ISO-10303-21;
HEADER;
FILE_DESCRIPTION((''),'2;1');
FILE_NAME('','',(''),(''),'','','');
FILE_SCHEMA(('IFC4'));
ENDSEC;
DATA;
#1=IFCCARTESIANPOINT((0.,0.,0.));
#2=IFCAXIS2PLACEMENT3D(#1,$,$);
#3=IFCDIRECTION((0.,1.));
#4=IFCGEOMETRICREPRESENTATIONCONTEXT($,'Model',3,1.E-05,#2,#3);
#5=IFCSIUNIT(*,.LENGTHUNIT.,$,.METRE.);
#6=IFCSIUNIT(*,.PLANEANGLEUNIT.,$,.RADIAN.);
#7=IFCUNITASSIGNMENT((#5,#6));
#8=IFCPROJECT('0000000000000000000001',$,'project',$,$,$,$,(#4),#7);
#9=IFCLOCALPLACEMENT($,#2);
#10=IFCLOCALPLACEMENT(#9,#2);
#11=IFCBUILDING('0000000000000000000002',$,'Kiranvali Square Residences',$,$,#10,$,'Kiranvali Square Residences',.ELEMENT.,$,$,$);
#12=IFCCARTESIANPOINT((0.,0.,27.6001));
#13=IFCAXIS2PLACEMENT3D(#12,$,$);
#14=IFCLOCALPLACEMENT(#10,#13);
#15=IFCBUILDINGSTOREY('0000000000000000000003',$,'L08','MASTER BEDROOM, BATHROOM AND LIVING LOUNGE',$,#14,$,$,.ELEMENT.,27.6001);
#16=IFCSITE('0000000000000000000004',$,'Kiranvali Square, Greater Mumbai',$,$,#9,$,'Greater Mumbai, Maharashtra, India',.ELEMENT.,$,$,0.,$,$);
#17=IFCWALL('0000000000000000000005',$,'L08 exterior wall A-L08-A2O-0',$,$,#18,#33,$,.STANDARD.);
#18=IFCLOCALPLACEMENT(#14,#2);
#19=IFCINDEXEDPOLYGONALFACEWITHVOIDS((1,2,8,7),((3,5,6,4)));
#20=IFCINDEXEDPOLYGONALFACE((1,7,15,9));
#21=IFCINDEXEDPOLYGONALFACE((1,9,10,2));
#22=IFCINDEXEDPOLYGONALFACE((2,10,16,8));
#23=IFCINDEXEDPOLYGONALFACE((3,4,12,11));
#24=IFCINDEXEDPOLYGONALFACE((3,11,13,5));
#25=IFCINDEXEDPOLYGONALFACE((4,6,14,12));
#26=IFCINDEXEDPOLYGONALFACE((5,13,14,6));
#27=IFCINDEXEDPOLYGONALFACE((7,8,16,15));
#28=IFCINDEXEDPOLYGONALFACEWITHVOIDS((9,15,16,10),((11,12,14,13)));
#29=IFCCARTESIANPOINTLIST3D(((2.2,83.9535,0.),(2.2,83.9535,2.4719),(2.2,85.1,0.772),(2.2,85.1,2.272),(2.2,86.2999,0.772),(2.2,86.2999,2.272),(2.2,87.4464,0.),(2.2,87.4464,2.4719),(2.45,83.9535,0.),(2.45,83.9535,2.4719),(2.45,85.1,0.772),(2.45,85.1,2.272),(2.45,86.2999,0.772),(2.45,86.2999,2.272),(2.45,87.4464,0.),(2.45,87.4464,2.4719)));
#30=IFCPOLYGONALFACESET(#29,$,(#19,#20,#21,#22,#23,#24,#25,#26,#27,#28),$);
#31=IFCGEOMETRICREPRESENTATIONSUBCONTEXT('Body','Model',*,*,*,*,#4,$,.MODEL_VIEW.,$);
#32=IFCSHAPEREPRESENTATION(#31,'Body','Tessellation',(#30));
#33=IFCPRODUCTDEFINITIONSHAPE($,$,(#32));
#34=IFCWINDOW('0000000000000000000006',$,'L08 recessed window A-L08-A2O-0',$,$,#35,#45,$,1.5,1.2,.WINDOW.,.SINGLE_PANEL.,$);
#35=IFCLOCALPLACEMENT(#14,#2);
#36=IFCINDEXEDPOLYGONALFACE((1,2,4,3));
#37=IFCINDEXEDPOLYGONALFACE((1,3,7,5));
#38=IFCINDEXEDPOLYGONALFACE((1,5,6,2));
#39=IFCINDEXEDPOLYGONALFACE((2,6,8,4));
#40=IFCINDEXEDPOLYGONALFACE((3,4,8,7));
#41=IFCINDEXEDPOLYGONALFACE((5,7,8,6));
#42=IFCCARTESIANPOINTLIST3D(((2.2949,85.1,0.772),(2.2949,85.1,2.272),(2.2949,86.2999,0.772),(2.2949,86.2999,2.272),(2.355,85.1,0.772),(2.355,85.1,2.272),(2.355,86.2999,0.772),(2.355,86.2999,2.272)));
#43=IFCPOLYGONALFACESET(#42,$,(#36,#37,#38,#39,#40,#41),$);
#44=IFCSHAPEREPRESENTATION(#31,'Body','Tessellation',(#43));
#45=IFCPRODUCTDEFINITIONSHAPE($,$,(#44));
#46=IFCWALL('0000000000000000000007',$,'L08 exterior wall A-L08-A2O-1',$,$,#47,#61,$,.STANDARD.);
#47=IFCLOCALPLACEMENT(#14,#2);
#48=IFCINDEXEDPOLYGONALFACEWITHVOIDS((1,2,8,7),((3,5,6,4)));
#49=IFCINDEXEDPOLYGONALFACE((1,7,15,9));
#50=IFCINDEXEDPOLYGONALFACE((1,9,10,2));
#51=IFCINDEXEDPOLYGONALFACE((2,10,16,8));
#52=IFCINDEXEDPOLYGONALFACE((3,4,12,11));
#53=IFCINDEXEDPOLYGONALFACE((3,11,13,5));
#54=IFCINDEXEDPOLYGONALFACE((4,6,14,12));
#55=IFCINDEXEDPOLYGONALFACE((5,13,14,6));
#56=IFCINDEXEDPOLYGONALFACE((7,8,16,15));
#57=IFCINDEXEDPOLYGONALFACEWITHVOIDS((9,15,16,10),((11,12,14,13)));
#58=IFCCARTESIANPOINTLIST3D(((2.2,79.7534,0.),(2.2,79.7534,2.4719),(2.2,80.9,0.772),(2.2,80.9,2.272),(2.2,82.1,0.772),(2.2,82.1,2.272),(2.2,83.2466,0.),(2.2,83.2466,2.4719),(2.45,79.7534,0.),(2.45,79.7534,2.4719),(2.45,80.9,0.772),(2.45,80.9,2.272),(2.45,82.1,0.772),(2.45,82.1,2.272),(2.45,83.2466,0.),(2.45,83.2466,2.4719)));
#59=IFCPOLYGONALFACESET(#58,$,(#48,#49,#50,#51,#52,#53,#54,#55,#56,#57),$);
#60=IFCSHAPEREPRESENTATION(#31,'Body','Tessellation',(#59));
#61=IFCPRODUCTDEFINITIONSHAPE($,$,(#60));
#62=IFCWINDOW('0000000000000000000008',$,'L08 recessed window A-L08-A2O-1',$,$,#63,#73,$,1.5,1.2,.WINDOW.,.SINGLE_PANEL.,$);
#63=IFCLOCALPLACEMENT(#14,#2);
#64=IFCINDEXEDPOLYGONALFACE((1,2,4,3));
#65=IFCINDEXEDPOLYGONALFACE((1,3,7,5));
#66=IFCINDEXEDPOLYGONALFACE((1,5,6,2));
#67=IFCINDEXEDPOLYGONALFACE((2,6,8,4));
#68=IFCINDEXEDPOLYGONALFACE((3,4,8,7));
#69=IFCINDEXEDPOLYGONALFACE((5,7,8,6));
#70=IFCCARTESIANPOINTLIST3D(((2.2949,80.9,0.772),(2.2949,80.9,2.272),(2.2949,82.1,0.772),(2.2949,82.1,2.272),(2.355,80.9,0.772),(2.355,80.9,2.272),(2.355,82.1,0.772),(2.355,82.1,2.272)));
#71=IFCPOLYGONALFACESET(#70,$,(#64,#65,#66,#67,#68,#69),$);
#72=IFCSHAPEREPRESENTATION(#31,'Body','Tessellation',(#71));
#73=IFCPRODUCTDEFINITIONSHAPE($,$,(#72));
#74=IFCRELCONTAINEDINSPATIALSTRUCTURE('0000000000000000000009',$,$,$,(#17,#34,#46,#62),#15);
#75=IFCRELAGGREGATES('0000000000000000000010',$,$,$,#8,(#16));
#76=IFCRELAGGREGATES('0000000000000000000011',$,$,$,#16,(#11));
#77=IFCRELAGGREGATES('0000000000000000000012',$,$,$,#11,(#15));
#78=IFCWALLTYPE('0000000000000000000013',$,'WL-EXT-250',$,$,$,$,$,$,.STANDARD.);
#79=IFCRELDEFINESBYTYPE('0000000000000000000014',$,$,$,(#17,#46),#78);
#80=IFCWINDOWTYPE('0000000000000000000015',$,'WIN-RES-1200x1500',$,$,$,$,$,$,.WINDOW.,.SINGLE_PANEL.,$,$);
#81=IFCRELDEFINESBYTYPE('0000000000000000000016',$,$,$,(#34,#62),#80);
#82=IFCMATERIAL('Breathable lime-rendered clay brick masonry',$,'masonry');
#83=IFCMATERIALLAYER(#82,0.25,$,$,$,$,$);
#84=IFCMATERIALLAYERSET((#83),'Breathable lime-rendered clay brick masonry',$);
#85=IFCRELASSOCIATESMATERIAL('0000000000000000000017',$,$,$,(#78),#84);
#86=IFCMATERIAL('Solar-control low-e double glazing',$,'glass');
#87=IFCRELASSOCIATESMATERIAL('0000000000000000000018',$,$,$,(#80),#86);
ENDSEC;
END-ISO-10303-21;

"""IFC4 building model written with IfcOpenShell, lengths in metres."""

from ifc_helpers import new_model, si_unit, direction, frame, frame_2d, origin, place, context, subcontext, project, spatial, rectangle, extrude, material, layer, layer_set, type_object, element, fill, save


model = new_model("IFC4")

# Units and contexts
model_context = context("Model", 3, precision=1e-05, world=origin(), true_north=direction((0.0, 1.0)))
body_context = subcontext(model_context, "Body", "Model", "MODEL_VIEW")
ifc_project = project(units=[si_unit("LENGTHUNIT", "METRE"), si_unit("PLANEANGLEUNIT", "RADIAN")], contexts=[model_context])

# Site, building, storey
site_placement = place(None, origin())
site = spatial("IfcSite", under=ifc_project, at=site_placement, Name="Kiranvali Square, Greater Mumbai", LongName="Greater Mumbai, Maharashtra, India", CompositionType="ELEMENT", RefElevation=0.0)
building_placement = place(site_placement, origin())
building = spatial("IfcBuilding", under=site, at=building_placement, Name="Kiranvali Square Residences", LongName="Kiranvali Square Residences", CompositionType="ELEMENT")
storey_placement = place(building_placement, frame((0.0, 0.0, 27.6001)))
storey = spatial("IfcBuildingStorey", under=building, at=storey_placement, Name="L08", Description="MASTER BEDROOM, BATHROOM AND LIVING LOUNGE", CompositionType="ELEMENT", Elevation=27.6001)

# Walls, openings, windows
ifc_material_1 = material(Name="Breathable lime-rendered clay brick masonry", Category="masonry")
ifc_layer = layer(ifc_material_1, 0.25)
ifc_layer_set = layer_set([ifc_layer], Name="Breathable lime-rendered clay brick masonry")
wall_type = type_object("IfcWallType", Name="WL-EXT-250", PredefinedType="STANDARD", material=ifc_layer_set)
wall_1_placement = place(storey_placement, frame((2.325, 87.4465, 0.0), z_axis=(0.0, 0.0, 1.0), x_axis=(0.0, -1.0, 0.0)))
wall_1 = element("IfcWall", 1, at=wall_1_placement, inside=storey, type_object=wall_type, Name="L08 exterior wall A-L08-A2O-0", PredefinedType="STANDARD", context=body_context, shape_type="SweptSolid", body=[
    extrude(rectangle(XDim=3.4929, YDim=0.25, at=frame_2d((1.7466, 0.0))), origin(), (0.0, 0.0, 1.0), 2.4719),
])
opening_1_placement = place(wall_1_placement, frame((1.1465, 0.0, 0.772)))
opening_1 = element("IfcOpeningElement", 2, at=opening_1_placement, cuts=wall_1, PredefinedType="OPENING", context=body_context, shape_type="SweptSolid", body=[
    extrude(rectangle(XDim=1.2, YDim=1.5, at=frame_2d((0.6001, 0.75))), frame((0.0, 0.135, 0.0), z_axis=(0.0, -1.0, 0.0), x_axis=(1.0, 0.0, 0.0)), (0.0, 0.0, 1.0), 0.27),
])
ifc_material_2 = material(Name="Solar-control low-e double glazing", Category="glass")
window_type = type_object("IfcWindowType", Name="WIN-RES-1200x1500", PartitioningType="SINGLE_PANEL", PredefinedType="WINDOW", material=ifc_material_2)
window_1_placement = place(opening_1_placement, origin())
window_1 = element("IfcWindow", 3, at=window_1_placement, inside=storey, type_object=window_type, Name="L08 recessed window A-L08-A2O-0", OverallHeight=1.5, OverallWidth=1.2, PartitioningType="SINGLE_PANEL", PredefinedType="WINDOW", context=body_context, shape_type="SweptSolid", body=[
    extrude(rectangle(XDim=1.2, YDim=1.5, at=frame_2d((0.6001, 0.75))), frame((0.0, 0.03, 0.0), z_axis=(0.0, -1.0, 0.0), x_axis=(1.0, 0.0, 0.0)), (0.0, 0.0, 1.0), 0.0601),
])
fill(opening_1, window_1)
wall_2_placement = place(storey_placement, frame((2.325, 83.2466, 0.0), z_axis=(0.0, 0.0, 1.0), x_axis=(0.0, -1.0, 0.0)))
wall_2 = element("IfcWall", 4, at=wall_2_placement, inside=storey, type_object=wall_type, Name="L08 exterior wall A-L08-A2O-1", PredefinedType="STANDARD", context=body_context, shape_type="SweptSolid", body=[
    extrude(rectangle(XDim=3.4932, YDim=0.25, at=frame_2d((1.7466, 0.0))), origin(), (0.0, 0.0, 1.0), 2.4719),
])
opening_2_placement = place(wall_2_placement, frame((1.1465, 0.0, 0.772)))
opening_2 = element("IfcOpeningElement", 5, at=opening_2_placement, cuts=wall_2, PredefinedType="OPENING", context=body_context, shape_type="SweptSolid", body=[
    extrude(rectangle(XDim=1.2, YDim=1.5, at=frame_2d((0.6001, 0.75))), frame((0.0, 0.135, 0.0), z_axis=(0.0, -1.0, 0.0), x_axis=(1.0, 0.0, 0.0)), (0.0, 0.0, 1.0), 0.27),
])
window_2_placement = place(opening_2_placement, origin())
window_2 = element("IfcWindow", 6, at=window_2_placement, inside=storey, type_object=window_type, Name="L08 recessed window A-L08-A2O-1", OverallHeight=1.5, OverallWidth=1.2, PartitioningType="SINGLE_PANEL", PredefinedType="WINDOW", context=body_context, shape_type="SweptSolid", body=[
    extrude(rectangle(XDim=1.2, YDim=1.5, at=frame_2d((0.6001, 0.75))), frame((0.0, 0.03, 0.0), z_axis=(0.0, -1.0, 0.0), x_axis=(1.0, 0.0, 0.0)), (0.0, 0.0, 1.0), 0.0601),
])
fill(opening_2, window_2)

save(model, "model.ifc")
